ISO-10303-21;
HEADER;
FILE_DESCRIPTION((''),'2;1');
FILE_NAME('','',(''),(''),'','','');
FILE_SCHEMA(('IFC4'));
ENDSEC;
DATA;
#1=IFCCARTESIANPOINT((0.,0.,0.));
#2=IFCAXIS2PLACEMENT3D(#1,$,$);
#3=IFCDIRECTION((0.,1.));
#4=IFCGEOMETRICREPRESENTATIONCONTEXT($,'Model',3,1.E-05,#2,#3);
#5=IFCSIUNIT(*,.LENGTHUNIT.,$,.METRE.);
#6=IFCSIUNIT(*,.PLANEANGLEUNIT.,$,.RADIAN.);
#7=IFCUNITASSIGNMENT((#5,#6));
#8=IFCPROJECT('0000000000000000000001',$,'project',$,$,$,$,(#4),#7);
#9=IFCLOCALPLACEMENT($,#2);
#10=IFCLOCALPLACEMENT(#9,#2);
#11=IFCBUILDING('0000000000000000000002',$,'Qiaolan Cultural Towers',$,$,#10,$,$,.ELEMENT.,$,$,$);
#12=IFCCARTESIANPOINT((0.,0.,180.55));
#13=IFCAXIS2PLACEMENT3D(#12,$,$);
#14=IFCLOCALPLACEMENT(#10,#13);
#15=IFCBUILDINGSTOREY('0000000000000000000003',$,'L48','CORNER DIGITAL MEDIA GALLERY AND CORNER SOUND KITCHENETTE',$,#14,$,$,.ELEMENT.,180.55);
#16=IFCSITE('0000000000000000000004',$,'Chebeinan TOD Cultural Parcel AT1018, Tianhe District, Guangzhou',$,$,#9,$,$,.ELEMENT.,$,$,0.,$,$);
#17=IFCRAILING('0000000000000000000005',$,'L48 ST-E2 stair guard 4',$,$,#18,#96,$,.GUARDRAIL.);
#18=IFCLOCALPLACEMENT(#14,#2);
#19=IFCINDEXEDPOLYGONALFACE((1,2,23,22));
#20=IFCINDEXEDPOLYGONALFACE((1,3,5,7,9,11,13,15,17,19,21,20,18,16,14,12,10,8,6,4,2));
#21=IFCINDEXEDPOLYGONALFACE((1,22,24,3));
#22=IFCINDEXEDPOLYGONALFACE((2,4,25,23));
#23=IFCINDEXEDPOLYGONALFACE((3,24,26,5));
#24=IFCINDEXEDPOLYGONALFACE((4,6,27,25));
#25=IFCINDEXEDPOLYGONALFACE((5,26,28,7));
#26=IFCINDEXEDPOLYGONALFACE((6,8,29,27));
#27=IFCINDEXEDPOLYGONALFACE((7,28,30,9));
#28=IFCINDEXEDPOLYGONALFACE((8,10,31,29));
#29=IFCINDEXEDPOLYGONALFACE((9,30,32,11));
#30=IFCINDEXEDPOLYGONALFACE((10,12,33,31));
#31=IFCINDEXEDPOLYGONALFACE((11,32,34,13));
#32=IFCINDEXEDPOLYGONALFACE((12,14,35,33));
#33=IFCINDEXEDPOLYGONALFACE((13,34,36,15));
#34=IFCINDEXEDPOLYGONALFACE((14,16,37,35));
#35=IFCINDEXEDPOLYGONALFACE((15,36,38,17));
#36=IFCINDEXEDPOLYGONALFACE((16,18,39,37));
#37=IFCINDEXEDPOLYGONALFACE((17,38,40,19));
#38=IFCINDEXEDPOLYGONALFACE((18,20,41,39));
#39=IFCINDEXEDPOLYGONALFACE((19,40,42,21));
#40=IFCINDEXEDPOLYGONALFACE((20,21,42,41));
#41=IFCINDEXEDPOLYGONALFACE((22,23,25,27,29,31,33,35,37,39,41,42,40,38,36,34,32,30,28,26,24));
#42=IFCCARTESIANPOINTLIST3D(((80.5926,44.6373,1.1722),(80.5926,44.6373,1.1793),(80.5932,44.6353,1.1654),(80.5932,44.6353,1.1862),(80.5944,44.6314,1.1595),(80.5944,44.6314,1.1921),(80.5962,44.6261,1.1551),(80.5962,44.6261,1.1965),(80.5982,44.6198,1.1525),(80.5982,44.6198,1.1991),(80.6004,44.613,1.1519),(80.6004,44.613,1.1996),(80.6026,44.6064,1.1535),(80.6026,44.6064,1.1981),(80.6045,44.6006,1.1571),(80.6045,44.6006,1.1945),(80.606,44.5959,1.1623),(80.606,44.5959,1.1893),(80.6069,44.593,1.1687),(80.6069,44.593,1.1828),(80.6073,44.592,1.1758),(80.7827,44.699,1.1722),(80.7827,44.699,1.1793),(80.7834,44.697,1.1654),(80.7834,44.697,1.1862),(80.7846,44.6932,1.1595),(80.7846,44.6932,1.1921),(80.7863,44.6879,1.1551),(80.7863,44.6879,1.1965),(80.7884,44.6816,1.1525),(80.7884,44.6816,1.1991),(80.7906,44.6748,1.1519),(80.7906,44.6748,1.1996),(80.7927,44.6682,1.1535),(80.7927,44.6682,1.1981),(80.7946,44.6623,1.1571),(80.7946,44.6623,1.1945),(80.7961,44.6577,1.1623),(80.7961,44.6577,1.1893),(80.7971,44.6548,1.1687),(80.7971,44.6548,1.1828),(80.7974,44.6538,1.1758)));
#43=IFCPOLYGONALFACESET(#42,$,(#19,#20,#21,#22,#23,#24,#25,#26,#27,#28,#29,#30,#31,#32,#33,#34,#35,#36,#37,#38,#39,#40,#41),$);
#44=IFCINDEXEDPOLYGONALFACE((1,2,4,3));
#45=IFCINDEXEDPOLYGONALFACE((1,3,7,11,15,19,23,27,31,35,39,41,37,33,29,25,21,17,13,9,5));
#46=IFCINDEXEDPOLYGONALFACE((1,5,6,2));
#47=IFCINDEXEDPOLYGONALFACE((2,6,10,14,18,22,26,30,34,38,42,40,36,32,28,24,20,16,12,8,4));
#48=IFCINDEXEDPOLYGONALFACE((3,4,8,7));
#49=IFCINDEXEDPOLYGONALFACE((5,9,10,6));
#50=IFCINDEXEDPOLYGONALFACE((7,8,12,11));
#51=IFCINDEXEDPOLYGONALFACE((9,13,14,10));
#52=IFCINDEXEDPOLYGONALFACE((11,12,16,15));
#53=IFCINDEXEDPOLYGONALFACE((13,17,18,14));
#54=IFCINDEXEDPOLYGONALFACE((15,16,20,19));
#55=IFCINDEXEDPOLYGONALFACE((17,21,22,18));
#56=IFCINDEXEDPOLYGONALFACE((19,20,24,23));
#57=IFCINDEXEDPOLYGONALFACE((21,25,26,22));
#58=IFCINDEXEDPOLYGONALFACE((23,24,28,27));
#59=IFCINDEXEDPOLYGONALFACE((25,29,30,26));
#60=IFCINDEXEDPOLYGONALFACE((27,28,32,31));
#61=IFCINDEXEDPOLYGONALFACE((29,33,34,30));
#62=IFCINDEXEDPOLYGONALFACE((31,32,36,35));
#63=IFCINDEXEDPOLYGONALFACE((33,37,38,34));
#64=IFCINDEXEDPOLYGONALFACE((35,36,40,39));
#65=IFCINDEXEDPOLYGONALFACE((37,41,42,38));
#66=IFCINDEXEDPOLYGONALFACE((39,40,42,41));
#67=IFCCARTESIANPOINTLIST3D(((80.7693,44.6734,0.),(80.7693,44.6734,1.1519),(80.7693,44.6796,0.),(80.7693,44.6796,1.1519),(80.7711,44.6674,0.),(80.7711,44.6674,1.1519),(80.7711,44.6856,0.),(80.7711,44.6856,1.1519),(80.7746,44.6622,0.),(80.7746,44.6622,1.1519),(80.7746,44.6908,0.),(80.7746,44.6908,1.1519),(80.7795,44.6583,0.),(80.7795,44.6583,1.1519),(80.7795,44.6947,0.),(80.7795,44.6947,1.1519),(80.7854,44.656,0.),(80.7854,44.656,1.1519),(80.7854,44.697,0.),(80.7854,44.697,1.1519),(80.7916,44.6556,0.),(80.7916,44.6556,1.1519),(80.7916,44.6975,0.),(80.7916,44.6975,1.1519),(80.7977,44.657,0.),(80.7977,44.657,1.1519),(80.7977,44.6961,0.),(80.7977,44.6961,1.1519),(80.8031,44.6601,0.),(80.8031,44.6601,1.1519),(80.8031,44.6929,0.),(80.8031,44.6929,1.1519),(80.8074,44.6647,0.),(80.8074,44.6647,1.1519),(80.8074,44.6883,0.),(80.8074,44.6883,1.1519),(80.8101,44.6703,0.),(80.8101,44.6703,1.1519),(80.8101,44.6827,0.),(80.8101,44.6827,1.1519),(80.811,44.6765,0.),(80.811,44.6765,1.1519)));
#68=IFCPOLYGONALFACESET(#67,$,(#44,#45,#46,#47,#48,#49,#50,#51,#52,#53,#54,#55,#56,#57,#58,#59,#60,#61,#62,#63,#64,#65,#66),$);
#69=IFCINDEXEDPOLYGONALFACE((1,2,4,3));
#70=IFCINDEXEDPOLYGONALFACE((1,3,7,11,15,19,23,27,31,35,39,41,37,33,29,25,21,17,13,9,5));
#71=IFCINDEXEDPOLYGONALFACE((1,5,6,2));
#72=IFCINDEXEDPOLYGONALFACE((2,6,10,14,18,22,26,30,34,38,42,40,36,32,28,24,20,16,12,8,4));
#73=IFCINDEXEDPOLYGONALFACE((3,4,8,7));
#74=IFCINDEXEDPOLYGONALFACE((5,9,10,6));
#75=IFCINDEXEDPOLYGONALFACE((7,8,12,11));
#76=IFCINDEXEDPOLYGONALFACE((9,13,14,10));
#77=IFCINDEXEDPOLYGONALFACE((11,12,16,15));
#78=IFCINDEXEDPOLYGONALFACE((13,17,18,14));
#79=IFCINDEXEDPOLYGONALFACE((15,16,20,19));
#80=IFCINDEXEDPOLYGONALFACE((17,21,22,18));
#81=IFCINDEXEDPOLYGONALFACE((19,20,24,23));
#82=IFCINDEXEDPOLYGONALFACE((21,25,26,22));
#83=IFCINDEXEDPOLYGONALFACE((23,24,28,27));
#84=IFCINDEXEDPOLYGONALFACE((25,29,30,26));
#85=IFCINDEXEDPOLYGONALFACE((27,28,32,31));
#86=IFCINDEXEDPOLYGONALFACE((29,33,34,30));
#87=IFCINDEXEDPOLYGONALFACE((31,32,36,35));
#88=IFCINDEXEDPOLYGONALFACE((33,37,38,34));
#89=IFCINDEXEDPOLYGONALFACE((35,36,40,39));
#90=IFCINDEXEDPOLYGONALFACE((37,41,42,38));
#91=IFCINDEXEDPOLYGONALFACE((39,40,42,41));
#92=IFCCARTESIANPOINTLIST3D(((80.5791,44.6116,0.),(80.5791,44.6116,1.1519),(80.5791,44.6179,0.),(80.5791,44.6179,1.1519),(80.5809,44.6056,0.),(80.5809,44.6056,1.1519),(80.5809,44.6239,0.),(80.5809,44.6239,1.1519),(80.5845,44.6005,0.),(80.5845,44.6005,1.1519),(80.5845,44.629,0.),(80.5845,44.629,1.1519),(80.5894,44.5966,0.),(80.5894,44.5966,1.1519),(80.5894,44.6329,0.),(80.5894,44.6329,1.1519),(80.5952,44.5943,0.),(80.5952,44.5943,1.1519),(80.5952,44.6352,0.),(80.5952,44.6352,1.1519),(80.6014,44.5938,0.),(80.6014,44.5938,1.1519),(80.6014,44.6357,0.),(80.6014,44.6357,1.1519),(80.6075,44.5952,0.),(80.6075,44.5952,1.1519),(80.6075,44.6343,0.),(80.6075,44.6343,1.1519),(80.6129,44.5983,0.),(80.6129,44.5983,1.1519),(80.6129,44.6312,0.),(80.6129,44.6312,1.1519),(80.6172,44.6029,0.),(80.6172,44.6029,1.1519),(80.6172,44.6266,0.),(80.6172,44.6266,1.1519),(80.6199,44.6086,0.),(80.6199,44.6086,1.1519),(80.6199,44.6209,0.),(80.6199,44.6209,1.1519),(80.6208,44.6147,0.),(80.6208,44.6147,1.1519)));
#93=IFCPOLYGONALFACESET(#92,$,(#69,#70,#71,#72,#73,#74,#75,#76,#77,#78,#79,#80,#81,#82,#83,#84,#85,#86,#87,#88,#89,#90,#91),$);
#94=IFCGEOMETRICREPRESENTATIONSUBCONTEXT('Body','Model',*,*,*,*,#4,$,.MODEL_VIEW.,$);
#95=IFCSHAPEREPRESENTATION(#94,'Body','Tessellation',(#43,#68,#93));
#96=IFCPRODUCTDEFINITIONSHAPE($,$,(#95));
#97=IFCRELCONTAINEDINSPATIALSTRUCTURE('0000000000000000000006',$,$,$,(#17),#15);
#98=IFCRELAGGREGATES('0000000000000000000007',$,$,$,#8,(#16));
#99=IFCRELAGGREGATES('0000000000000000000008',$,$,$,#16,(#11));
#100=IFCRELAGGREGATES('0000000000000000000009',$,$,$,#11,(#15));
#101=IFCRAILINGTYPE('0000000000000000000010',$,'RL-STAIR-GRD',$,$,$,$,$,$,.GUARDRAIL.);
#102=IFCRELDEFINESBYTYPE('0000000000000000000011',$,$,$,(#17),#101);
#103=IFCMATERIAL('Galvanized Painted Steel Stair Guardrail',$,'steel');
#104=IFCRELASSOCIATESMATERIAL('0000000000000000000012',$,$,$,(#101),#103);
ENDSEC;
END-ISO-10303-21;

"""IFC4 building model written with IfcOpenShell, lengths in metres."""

from ifc_helpers import new_model, si_unit, direction, frame, origin, origin_2d, place, context, subcontext, project, spatial, circle, extrude, material, type_object, element, save


model = new_model("IFC4")

# Units and contexts
model_context = context("Model", 3, precision=1e-05, world=origin(), true_north=direction((0.0, 1.0)))
body_context = subcontext(model_context, "Body", "Model", "MODEL_VIEW")
ifc_project = project(units=[si_unit("LENGTHUNIT", "METRE"), si_unit("PLANEANGLEUNIT", "RADIAN")], contexts=[model_context])

# Site, building, storey
site_placement = place(None, origin())
site = spatial("IfcSite", under=ifc_project, at=site_placement, Name="Chebeinan TOD Cultural Parcel AT1018, Tianhe District, Guangzhou", CompositionType="ELEMENT", RefElevation=0.0)
building_placement = place(site_placement, origin())
building = spatial("IfcBuilding", under=site, at=building_placement, Name="Qiaolan Cultural Towers", CompositionType="ELEMENT")
storey_placement = place(building_placement, frame((0.0, 0.0, 180.55)))
storey = spatial("IfcBuildingStorey", under=building, at=storey_placement, Name="L48", Description="CORNER DIGITAL MEDIA GALLERY AND CORNER SOUND KITCHENETTE", CompositionType="ELEMENT", Elevation=180.55)

# Railing
ifc_material_1 = material(Name="Galvanized Painted Steel Stair Guardrail", Category="steel")
railing_type_1 = type_object("IfcRailingType", Name="RL-STAIR-GRD", PredefinedType="GUARDRAIL", material=ifc_material_1)
railing_1_placement = place(storey_placement, frame((80.79, 44.6765, 0.0)))
element("IfcRailing", 1, at=railing_1_placement, inside=storey, type_object=railing_type_1, Name="L48 ST-E2 stair guard 4", PredefinedType="GUARDRAIL", context=body_context, shape_type="SweptSolid", body=[
    extrude(circle(Radius=0.0239, at=origin_2d()), frame((0.0, 0.0, 1.1758), z_axis=(-0.951097, -0.308893, 0.0), x_axis=(0.308893, -0.951097, 0.0)), (0.0, 0.0, 1.0), 0.2),
    extrude(circle(Radius=0.021, at=origin_2d()), origin(), (0.0, 0.0, 1.0), 1.1519),
    extrude(circle(Radius=0.021, at=origin_2d()), frame((-0.1902, -0.0618, 0.0)), (0.0, 0.0, 1.0), 1.1519),
])

save(model, "model.ifc")
